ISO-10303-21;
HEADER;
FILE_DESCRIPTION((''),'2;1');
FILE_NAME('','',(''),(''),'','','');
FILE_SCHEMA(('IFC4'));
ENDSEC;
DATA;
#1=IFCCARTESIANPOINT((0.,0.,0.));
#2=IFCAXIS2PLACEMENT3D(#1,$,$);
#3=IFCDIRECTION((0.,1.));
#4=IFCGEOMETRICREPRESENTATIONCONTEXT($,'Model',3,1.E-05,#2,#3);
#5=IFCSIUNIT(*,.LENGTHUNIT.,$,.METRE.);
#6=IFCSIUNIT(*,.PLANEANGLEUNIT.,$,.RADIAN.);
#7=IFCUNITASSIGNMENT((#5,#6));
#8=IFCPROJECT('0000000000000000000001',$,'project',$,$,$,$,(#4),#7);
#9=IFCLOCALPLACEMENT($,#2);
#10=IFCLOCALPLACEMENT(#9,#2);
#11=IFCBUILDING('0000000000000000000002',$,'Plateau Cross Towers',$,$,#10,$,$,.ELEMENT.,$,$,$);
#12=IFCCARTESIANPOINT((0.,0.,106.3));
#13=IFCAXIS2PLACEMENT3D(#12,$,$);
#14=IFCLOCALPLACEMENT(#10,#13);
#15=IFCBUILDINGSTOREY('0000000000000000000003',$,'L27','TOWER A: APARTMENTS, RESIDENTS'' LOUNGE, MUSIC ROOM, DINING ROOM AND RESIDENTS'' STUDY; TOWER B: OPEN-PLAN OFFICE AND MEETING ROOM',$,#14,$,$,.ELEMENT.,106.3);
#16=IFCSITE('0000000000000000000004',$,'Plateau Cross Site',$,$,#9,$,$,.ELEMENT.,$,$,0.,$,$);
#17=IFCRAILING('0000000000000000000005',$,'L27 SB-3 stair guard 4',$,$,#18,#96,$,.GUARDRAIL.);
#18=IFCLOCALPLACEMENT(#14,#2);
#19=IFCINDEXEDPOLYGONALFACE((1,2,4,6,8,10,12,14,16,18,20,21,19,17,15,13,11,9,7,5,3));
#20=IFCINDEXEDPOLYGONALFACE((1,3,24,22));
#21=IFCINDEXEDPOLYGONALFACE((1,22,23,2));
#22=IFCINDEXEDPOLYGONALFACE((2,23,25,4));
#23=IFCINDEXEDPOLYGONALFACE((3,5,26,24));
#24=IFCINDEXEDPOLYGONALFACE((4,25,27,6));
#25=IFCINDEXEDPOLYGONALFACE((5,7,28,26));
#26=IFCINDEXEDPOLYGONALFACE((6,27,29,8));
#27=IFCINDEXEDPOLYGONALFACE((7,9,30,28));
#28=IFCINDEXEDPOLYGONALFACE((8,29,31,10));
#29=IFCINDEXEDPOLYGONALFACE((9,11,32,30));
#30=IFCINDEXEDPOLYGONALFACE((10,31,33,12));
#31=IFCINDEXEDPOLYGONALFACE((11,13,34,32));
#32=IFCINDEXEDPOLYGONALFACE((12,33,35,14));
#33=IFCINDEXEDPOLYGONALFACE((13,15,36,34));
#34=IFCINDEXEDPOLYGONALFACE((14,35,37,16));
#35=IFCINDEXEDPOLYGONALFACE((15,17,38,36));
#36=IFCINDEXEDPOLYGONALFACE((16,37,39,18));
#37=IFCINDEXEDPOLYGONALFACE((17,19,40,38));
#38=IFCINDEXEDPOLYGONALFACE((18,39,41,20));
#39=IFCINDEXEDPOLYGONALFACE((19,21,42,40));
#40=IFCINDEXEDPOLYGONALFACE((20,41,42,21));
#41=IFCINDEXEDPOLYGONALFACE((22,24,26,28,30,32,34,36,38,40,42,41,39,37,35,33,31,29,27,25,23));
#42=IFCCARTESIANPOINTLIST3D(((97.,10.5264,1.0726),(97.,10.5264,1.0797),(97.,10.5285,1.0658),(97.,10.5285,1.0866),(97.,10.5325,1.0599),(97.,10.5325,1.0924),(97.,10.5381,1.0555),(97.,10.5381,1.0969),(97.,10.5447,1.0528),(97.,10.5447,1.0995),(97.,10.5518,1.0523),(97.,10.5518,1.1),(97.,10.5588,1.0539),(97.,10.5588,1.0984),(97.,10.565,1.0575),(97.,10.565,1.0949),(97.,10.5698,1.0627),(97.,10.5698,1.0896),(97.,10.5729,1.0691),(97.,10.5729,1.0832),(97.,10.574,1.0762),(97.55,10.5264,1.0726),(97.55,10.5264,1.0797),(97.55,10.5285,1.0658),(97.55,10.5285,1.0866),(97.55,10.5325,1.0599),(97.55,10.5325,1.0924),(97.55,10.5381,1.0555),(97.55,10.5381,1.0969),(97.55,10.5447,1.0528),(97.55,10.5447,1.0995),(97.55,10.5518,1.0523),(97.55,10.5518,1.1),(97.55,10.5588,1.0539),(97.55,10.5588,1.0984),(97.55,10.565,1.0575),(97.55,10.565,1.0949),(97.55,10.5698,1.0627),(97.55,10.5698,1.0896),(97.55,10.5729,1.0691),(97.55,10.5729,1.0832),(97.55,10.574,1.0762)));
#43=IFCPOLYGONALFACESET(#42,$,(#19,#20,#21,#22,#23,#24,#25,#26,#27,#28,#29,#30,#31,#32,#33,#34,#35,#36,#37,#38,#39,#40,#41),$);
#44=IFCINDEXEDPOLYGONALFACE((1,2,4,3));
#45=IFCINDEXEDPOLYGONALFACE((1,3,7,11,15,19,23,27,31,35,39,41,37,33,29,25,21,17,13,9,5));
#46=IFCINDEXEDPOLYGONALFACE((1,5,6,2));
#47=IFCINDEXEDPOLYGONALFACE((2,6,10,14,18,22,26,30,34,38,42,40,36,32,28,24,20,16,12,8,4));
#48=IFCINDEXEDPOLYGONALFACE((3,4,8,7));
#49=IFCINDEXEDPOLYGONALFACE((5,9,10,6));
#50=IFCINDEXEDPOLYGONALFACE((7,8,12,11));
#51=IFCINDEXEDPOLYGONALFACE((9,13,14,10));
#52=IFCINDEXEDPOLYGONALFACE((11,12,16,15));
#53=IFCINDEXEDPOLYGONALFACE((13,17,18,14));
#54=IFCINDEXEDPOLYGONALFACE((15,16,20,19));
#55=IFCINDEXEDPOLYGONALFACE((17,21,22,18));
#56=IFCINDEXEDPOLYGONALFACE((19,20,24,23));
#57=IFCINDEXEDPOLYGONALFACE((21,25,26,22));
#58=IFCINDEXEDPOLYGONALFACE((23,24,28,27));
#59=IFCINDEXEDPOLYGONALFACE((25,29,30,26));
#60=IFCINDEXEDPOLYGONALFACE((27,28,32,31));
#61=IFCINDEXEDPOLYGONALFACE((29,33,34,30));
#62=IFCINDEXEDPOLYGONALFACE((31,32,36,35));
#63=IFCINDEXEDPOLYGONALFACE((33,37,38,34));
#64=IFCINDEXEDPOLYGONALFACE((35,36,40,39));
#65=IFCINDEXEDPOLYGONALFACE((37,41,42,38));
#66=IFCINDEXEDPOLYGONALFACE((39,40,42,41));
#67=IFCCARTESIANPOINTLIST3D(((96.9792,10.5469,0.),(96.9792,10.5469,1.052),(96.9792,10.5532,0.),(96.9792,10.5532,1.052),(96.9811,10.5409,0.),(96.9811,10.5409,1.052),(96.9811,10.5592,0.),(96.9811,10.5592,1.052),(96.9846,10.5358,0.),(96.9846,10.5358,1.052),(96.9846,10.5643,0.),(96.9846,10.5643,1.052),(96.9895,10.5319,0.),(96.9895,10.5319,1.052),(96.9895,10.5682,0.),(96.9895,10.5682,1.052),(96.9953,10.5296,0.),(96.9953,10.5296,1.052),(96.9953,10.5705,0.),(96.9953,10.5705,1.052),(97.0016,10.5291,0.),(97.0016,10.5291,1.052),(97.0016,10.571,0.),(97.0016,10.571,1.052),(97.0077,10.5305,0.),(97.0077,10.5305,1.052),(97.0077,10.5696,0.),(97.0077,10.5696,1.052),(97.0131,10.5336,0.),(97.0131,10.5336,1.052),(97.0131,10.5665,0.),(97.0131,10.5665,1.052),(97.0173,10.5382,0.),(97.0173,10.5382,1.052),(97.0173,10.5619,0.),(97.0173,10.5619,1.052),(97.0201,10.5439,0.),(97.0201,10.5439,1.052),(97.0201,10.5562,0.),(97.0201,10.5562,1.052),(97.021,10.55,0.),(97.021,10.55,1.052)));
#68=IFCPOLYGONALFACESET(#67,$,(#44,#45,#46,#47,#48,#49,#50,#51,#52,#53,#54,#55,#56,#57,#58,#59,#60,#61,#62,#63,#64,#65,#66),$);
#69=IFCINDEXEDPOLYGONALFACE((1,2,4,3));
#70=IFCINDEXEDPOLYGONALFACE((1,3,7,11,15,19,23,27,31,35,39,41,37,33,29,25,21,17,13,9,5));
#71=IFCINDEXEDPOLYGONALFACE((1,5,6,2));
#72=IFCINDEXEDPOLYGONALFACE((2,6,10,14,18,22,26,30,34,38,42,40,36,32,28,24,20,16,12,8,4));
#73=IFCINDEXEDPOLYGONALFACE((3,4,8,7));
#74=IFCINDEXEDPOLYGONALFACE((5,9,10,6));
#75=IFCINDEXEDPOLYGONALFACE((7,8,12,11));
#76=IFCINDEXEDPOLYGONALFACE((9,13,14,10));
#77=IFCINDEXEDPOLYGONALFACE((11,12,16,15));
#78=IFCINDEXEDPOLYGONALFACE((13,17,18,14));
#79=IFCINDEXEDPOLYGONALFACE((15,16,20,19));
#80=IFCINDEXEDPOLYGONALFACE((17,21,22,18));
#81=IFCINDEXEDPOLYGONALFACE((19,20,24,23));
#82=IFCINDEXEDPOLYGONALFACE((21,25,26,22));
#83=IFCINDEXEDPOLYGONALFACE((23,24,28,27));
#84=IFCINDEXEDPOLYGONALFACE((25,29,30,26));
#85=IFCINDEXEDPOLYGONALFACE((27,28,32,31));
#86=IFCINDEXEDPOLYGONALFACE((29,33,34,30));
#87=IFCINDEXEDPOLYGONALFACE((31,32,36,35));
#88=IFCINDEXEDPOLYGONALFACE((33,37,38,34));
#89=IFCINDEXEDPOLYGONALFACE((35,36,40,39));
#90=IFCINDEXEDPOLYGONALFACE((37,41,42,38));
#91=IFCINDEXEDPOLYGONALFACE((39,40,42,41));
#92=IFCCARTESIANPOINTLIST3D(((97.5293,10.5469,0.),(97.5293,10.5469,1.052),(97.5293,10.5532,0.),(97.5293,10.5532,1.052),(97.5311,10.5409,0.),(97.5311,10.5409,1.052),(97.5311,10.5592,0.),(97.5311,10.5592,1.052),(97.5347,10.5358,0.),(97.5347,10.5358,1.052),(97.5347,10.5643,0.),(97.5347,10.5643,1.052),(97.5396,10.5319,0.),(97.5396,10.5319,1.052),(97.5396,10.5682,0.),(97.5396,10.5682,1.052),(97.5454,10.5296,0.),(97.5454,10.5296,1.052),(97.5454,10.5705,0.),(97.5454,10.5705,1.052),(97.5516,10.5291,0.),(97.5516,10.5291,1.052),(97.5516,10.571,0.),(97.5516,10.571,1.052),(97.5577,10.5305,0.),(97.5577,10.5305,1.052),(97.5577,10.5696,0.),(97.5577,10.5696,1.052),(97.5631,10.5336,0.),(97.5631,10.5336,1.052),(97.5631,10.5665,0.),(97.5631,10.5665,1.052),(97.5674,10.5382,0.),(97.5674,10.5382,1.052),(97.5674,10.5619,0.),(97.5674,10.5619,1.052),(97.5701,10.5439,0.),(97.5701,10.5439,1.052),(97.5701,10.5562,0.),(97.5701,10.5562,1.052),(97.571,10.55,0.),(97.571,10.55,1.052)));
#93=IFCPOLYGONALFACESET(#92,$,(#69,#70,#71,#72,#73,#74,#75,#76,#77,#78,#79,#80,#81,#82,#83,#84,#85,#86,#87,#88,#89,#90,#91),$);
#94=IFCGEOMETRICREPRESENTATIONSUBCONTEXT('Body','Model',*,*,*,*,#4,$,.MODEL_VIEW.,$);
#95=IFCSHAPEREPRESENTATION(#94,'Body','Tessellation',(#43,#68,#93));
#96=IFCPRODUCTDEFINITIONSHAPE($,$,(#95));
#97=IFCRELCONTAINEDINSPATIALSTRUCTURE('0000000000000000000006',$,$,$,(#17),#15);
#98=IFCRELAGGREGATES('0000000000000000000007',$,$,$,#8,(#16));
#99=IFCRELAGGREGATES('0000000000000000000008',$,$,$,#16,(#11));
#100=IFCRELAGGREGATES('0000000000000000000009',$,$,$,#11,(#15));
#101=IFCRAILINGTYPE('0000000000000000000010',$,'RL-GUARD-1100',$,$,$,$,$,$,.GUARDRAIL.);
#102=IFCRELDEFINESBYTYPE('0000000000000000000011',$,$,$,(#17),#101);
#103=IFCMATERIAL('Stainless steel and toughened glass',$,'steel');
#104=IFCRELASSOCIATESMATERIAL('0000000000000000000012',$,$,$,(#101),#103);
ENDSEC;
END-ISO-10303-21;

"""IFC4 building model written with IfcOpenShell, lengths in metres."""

from ifc_helpers import new_model, si_unit, direction, frame, origin, origin_2d, place, context, subcontext, project, spatial, circle, extrude, material, type_object, element, save


model = new_model("IFC4")

# Units and contexts
model_context = context("Model", 3, precision=1e-05, world=origin(), true_north=direction((0.0, 1.0)))
body_context = subcontext(model_context, "Body", "Model", "MODEL_VIEW")
ifc_project = project(units=[si_unit("LENGTHUNIT", "METRE"), si_unit("PLANEANGLEUNIT", "RADIAN")], contexts=[model_context])

# Site, building, storey
site_placement = place(None, origin())
site = spatial("IfcSite", under=ifc_project, at=site_placement, Name="Plateau Cross Site", CompositionType="ELEMENT", RefElevation=0.0)
building_placement = place(site_placement, origin())
building = spatial("IfcBuilding", under=site, at=building_placement, Name="Plateau Cross Towers", CompositionType="ELEMENT")
storey_placement = place(building_placement, frame((0.0, 0.0, 106.3)))
storey = spatial("IfcBuildingStorey", under=building, at=storey_placement, Name="L27", Description="TOWER A: APARTMENTS, RESIDENTS' LOUNGE, MUSIC ROOM, DINING ROOM AND RESIDENTS' STUDY; TOWER B: OPEN-PLAN OFFICE AND MEETING ROOM", CompositionType="ELEMENT", Elevation=106.3)

# Railing
ifc_material_1 = material(Name="Stainless steel and toughened glass", Category="steel")
railing_type_1 = type_object("IfcRailingType", Name="RL-GUARD-1100", PredefinedType="GUARDRAIL", material=ifc_material_1)
railing_1_placement = place(storey_placement, frame((97.0, 10.55, 0.0)))
element("IfcRailing", 1, at=railing_1_placement, inside=storey, type_object=railing_type_1, Name="L27 SB-3 stair guard 4", PredefinedType="GUARDRAIL", context=body_context, shape_type="SweptSolid", body=[
    extrude(circle(Radius=0.0239, at=origin_2d()), frame((0.0, 0.0, 1.0762), z_axis=(1.0, 0.0, 0.0), x_axis=(0.0, 1.0, 0.0)), (0.0, 0.0, 1.0), 0.55),
    extrude(circle(Radius=0.021, at=origin_2d()), origin(), (0.0, 0.0, 1.0), 1.052),
    extrude(circle(Radius=0.021, at=origin_2d()), frame((0.55, 0.0, 0.0)), (0.0, 0.0, 1.0), 1.052),
])

save(model, "model.ifc")
